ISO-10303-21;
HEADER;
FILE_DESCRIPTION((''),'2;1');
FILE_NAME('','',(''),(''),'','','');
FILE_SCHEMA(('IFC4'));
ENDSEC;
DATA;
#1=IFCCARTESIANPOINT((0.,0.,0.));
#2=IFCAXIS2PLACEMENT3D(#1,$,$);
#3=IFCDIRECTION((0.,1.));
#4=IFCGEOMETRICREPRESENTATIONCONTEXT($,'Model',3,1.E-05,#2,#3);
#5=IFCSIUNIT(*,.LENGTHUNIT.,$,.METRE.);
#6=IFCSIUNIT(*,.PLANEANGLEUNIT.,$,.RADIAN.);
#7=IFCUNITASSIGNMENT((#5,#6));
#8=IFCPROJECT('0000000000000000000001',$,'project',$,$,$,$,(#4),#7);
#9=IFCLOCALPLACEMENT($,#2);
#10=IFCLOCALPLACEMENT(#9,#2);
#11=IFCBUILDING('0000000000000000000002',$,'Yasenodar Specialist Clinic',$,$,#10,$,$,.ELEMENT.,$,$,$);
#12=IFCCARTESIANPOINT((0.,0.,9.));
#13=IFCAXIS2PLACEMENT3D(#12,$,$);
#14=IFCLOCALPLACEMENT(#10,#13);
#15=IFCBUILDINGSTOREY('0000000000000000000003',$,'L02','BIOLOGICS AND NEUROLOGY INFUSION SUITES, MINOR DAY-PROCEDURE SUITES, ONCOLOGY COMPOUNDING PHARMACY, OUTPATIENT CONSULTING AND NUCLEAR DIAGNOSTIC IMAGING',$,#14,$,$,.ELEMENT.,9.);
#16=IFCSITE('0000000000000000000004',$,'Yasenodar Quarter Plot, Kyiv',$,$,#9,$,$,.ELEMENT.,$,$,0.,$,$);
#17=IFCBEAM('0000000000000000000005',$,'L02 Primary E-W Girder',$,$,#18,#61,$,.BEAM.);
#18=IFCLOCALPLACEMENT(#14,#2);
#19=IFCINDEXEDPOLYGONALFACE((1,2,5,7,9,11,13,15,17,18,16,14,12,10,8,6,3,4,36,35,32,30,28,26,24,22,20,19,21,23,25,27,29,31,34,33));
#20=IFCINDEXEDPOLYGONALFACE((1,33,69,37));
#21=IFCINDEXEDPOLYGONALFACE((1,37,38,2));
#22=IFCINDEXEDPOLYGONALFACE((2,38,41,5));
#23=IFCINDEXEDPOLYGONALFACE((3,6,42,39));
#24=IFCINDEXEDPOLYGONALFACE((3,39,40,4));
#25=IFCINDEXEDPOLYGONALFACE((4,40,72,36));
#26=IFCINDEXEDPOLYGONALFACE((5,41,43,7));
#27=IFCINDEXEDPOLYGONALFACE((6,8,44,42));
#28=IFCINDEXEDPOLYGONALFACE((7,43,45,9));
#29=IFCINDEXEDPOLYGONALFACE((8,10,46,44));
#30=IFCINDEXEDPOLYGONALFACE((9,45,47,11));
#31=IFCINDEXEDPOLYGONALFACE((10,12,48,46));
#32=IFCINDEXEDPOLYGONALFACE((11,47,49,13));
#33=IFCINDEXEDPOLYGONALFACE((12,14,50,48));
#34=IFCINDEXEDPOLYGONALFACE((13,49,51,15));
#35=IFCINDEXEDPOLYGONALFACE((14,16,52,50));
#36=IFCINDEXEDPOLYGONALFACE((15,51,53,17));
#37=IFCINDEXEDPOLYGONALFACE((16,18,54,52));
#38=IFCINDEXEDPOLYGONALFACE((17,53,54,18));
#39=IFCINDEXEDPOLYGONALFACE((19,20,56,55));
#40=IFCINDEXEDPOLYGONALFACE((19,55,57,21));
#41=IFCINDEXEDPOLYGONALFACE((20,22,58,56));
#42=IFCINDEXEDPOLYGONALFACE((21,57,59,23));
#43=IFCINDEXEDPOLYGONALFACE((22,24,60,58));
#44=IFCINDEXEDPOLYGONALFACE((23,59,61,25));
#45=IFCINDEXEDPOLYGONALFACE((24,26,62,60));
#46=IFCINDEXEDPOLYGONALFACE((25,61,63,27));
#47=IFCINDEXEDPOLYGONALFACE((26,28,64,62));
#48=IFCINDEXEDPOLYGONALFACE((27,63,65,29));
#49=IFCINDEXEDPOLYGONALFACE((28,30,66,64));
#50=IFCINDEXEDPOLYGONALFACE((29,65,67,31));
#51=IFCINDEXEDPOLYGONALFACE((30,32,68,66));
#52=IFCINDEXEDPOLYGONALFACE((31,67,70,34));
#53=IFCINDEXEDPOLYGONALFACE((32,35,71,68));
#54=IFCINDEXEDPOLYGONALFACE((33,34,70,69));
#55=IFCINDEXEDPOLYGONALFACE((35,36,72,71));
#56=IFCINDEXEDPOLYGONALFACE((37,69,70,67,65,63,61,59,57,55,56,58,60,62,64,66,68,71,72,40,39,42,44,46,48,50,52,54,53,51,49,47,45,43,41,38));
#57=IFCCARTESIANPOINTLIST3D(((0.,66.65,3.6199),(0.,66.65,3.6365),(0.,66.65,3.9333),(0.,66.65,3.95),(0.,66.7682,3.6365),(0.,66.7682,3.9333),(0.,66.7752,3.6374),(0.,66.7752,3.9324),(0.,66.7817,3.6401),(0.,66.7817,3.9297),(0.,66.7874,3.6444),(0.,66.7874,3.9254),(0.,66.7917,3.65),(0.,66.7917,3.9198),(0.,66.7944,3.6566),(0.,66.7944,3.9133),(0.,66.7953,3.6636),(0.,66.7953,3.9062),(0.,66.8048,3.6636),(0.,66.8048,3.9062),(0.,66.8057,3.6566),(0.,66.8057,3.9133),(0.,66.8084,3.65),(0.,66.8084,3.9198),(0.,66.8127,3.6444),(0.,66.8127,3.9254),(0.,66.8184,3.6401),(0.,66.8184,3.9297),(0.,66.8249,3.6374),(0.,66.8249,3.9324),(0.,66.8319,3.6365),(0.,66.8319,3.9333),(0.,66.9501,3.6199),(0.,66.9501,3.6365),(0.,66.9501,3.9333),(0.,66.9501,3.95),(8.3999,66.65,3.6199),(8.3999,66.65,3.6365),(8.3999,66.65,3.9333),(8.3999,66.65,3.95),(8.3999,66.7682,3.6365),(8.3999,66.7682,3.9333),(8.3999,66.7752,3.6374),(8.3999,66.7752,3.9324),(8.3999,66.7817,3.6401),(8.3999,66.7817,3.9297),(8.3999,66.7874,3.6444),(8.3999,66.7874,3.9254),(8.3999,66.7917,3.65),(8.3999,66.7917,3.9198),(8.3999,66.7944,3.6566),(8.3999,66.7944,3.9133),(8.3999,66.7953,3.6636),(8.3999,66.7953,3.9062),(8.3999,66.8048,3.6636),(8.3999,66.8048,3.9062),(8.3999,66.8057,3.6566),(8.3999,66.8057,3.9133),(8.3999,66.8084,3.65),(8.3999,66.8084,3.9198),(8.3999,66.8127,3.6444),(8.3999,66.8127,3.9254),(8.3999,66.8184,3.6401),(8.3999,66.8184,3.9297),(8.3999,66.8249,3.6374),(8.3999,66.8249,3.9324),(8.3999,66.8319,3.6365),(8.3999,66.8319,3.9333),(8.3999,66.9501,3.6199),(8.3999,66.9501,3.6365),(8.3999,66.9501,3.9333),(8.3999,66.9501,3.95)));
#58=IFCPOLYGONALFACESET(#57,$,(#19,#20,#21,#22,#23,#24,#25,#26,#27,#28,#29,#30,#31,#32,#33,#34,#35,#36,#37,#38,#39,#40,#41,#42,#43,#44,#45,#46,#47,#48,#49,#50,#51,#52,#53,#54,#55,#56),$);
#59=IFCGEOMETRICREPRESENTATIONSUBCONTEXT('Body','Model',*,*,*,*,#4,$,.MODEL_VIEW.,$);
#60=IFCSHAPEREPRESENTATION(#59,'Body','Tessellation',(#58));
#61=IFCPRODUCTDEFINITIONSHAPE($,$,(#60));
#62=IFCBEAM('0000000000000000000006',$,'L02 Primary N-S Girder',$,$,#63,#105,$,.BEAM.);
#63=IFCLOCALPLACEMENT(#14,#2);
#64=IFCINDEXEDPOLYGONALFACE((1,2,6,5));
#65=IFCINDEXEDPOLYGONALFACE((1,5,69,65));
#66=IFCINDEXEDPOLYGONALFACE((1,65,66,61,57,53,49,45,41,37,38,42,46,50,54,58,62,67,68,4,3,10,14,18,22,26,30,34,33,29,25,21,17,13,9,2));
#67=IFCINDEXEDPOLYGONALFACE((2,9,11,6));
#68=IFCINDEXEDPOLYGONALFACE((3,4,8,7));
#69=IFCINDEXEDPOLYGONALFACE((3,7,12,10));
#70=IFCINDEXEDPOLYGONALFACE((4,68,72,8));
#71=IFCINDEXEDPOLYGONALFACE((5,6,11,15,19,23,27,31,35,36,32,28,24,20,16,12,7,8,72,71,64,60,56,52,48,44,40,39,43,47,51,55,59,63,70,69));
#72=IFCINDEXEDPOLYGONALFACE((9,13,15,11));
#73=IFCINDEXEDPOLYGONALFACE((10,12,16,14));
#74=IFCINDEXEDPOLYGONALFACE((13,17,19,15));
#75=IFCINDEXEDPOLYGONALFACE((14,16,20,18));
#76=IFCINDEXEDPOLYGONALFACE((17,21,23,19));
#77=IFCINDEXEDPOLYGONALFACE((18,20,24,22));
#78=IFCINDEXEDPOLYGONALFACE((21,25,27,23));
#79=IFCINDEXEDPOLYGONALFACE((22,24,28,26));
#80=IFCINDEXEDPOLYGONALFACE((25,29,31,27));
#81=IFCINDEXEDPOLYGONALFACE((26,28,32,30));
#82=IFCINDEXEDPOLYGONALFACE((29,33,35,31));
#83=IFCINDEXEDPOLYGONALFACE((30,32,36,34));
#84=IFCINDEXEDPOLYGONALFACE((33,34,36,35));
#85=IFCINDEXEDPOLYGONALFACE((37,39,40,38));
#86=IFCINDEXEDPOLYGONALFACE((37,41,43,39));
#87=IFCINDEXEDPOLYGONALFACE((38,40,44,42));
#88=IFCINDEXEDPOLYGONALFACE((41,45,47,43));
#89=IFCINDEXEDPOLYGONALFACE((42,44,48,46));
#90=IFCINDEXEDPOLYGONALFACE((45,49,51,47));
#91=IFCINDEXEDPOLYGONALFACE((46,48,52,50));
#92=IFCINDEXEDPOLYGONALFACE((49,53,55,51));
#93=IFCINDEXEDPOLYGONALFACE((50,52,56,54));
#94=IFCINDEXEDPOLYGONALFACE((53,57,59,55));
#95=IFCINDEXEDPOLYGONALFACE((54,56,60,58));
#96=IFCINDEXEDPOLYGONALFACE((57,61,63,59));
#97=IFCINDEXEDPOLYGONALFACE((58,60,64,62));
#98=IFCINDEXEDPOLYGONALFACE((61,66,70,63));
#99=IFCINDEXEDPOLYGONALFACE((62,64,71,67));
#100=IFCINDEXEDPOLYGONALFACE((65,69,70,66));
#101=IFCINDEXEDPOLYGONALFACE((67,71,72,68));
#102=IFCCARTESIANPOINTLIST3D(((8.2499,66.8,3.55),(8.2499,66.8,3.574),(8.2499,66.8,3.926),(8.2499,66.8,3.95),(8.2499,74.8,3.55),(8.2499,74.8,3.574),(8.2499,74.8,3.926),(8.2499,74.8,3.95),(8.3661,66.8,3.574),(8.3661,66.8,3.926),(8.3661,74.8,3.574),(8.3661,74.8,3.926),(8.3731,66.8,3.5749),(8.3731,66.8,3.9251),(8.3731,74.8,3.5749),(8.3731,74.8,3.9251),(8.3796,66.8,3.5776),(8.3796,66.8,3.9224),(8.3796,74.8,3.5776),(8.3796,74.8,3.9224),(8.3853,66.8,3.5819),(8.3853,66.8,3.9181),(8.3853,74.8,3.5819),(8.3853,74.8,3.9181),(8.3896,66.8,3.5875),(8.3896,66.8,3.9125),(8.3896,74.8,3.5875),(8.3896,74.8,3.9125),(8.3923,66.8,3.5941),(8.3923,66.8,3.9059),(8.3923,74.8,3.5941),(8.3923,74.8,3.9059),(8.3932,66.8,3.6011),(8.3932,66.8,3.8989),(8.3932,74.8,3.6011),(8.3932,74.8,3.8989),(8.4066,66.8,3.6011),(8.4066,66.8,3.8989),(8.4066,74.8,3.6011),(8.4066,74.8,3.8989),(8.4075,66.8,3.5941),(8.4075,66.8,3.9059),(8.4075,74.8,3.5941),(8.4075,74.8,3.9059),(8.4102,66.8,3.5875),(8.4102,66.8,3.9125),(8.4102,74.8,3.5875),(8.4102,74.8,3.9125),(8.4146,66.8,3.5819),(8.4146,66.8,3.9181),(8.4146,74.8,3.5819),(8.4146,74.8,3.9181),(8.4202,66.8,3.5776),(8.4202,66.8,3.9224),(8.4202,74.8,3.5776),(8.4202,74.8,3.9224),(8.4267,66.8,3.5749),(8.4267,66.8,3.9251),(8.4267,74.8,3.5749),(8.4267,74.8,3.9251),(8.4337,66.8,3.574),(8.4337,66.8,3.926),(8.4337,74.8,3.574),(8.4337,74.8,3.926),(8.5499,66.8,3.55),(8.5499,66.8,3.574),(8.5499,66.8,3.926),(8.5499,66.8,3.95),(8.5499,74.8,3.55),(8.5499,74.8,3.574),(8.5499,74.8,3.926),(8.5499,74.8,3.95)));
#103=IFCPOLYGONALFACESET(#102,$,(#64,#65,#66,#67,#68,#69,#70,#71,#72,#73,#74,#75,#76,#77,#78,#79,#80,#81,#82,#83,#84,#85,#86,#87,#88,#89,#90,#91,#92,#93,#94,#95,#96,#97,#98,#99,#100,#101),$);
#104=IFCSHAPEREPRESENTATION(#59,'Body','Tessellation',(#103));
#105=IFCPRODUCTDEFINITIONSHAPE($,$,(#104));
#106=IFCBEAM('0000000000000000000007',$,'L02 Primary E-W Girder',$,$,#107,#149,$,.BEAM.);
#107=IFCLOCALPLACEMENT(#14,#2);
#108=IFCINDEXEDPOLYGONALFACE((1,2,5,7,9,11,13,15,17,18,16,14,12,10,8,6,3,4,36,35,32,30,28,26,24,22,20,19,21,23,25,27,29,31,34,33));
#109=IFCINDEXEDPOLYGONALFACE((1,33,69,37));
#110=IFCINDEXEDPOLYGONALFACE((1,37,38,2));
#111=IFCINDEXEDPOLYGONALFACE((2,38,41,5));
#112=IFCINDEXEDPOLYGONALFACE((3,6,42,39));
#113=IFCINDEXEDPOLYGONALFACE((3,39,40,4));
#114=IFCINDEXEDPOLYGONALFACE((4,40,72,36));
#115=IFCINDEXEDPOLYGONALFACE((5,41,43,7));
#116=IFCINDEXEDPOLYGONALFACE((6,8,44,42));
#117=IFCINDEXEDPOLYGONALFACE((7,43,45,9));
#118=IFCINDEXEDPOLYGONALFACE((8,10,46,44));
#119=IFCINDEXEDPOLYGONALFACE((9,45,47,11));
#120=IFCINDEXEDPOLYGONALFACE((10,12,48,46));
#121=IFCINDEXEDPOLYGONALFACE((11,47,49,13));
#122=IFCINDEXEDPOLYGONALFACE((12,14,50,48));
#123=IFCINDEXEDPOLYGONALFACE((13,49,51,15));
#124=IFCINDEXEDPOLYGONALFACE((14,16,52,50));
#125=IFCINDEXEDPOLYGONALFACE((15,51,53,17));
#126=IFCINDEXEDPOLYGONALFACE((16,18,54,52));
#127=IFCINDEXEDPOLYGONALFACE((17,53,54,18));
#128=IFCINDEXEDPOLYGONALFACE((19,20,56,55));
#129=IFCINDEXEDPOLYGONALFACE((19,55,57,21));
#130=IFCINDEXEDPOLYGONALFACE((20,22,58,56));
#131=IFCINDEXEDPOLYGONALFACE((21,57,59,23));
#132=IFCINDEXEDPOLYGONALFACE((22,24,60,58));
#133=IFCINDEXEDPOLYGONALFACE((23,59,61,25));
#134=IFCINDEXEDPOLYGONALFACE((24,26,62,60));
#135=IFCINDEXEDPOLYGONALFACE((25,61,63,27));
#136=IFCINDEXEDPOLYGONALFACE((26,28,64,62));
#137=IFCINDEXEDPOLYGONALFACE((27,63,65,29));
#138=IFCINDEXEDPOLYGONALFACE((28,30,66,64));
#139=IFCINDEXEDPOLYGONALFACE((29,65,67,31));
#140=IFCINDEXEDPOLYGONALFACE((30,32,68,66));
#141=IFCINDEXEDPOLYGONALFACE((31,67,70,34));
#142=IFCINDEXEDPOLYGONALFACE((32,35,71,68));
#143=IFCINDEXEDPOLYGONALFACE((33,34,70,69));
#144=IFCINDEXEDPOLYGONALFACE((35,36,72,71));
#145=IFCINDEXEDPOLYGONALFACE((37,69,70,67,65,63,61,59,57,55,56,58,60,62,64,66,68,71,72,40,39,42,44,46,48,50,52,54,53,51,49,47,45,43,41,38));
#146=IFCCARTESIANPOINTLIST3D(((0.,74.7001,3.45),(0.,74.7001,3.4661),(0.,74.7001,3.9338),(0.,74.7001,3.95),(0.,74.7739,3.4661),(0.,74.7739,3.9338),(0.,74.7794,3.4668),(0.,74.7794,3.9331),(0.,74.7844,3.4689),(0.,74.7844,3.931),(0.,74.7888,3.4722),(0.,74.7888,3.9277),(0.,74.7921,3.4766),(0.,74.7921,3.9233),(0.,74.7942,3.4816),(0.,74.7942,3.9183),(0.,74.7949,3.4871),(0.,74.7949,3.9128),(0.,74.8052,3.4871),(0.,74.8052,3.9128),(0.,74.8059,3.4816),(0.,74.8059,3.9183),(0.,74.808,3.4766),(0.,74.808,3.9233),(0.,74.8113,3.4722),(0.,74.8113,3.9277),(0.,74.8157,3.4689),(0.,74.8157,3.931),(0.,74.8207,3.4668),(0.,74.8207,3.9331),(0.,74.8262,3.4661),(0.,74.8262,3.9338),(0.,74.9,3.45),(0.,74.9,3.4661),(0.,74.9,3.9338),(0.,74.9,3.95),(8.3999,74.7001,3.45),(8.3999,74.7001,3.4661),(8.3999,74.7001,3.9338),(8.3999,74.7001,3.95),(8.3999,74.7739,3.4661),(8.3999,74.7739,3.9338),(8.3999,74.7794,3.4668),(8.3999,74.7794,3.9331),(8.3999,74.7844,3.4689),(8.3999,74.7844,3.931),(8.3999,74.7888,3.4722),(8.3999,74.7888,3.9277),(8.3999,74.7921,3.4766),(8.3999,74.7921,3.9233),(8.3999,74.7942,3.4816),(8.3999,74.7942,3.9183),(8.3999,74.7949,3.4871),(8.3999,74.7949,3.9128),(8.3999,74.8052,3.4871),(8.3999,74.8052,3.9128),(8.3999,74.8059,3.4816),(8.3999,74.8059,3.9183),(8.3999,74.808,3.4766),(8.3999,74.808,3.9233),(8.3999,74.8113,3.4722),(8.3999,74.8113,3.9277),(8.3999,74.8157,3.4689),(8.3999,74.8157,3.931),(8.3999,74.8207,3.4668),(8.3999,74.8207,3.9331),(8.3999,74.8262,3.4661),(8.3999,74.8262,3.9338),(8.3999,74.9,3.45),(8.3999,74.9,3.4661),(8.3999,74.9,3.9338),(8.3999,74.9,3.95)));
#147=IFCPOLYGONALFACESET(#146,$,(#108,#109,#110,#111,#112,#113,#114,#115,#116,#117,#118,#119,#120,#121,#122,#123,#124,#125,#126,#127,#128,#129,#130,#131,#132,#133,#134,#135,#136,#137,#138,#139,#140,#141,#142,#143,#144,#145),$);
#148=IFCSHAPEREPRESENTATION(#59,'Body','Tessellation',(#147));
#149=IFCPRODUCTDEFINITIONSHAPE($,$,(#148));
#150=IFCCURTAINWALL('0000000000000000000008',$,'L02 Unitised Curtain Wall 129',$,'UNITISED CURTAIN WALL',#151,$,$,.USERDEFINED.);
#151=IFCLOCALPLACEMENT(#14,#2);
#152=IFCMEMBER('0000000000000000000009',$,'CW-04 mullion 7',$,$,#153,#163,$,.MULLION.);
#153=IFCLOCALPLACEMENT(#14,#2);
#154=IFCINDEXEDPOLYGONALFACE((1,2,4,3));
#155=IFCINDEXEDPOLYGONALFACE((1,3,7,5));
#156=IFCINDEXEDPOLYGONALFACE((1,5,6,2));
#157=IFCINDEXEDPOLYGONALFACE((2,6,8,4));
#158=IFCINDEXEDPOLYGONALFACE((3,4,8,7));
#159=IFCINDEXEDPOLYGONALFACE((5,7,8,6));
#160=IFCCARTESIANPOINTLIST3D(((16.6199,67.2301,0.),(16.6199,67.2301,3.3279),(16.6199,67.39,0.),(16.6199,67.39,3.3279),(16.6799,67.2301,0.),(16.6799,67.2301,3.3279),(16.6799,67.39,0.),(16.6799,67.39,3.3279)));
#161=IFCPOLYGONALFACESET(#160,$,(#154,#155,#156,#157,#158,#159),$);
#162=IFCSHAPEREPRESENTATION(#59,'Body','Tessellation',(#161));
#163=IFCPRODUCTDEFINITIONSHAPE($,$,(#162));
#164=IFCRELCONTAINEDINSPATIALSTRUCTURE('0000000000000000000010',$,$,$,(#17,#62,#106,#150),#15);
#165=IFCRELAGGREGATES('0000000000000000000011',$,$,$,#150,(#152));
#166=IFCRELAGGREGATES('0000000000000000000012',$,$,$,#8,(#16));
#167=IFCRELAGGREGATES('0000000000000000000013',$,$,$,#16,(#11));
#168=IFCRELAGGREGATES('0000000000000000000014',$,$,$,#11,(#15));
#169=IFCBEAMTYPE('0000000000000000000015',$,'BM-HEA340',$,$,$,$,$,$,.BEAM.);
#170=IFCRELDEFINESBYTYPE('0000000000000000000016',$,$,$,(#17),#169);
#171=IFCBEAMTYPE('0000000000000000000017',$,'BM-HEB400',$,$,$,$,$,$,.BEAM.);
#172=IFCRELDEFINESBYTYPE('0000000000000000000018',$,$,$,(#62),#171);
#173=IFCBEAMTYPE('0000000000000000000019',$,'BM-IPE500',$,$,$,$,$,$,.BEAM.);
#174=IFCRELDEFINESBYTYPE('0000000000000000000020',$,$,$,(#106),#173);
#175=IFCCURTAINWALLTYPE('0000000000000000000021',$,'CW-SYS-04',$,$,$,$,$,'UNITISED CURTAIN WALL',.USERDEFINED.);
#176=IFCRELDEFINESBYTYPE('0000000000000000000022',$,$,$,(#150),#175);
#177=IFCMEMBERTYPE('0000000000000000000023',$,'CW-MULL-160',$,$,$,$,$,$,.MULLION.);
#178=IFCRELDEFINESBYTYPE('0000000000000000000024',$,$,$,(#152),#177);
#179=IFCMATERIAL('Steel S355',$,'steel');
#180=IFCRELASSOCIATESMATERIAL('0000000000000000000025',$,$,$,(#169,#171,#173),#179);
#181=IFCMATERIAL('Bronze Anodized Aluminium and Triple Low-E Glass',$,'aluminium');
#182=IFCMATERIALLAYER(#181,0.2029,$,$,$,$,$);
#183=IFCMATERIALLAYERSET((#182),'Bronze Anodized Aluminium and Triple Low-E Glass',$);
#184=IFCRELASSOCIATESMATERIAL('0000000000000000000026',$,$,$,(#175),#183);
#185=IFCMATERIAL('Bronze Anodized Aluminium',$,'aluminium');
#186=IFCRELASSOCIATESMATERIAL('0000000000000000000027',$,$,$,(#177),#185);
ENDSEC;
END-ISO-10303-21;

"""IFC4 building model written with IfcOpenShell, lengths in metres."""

from ifc_helpers import new_model, si_unit, direction, frame, origin, origin_2d, place, context, subcontext, project, spatial, rectangle, i_section, extrude, material, layer, layer_set, material_profile, profile_set, type_object, element, aggregate, save


model = new_model("IFC4")

# Units and contexts
model_context = context("Model", 3, precision=1e-05, world=origin(), true_north=direction((0.0, 1.0)))
body_context = subcontext(model_context, "Body", "Model", "MODEL_VIEW")
ifc_project = project(units=[si_unit("LENGTHUNIT", "METRE"), si_unit("PLANEANGLEUNIT", "RADIAN")], contexts=[model_context])

# Site, building, storey
site_placement = place(None, origin())
site = spatial("IfcSite", under=ifc_project, at=site_placement, Name="Yasenodar Quarter Plot, Kyiv", CompositionType="ELEMENT", RefElevation=0.0)
building_placement = place(site_placement, origin())
building = spatial("IfcBuilding", under=site, at=building_placement, Name="Yasenodar Specialist Clinic", CompositionType="ELEMENT")
storey_placement = place(building_placement, frame((0.0, 0.0, 9.0)))
storey = spatial("IfcBuildingStorey", under=building, at=storey_placement, Name="L02", Description="BIOLOGICS AND NEUROLOGY INFUSION SUITES, MINOR DAY-PROCEDURE SUITES, ONCOLOGY COMPOUNDING PHARMACY, OUTPATIENT CONSULTING AND NUCLEAR DIAGNOSTIC IMAGING", CompositionType="ELEMENT", Elevation=9.0)

# Shared definitions
ifc_material_1 = material(Name="Steel S355", Category="steel")

# Beams
ifc_material_profile_1 = material_profile(ifc_material_1, i_section(OverallWidth=0.3, OverallDepth=0.3301, WebThickness=0.0095, FlangeThickness=0.0166, FilletRadius=0.0271, at=origin_2d()), Name="HEA 340")
ifc_profile_set_1 = profile_set([ifc_material_profile_1], Name="Steel S355")
beam_type_1 = type_object("IfcBeamType", Name="BM-HEA340", PredefinedType="BEAM", material=ifc_profile_set_1)
beam_1_placement = place(storey_placement, frame((0.0, 66.8, 3.7849), z_axis=(1.0, 0.0, 0.0), x_axis=(0.0, 1.0, 0.0)))
element("IfcBeam", 1, at=beam_1_placement, inside=storey, type_object=beam_type_1, Name="L02 Primary E-W Girder", PredefinedType="BEAM", context=body_context, shape_type="SweptSolid", body=[
    extrude(i_section(OverallWidth=0.3, OverallDepth=0.3301, WebThickness=0.0095, FlangeThickness=0.0166, FilletRadius=0.0271, at=origin_2d()), origin(), (0.0, 0.0, 1.0), 8.3999),
])
ifc_material_profile_2 = material_profile(ifc_material_1, i_section(OverallWidth=0.3, OverallDepth=0.3999, WebThickness=0.0134, FlangeThickness=0.0239, FilletRadius=0.0271, at=origin_2d()), Name="HEB 400")
ifc_profile_set_2 = profile_set([ifc_material_profile_2], Name="Steel S355")
beam_type_2 = type_object("IfcBeamType", Name="BM-HEB400", PredefinedType="BEAM", material=ifc_profile_set_2)
beam_2_placement = place(storey_placement, frame((8.3999, 66.8, 3.75), z_axis=(0.0, 1.0, 0.0), x_axis=(-1.0, 0.0, 0.0)))
element("IfcBeam", 2, at=beam_2_placement, inside=storey, type_object=beam_type_2, Name="L02 Primary N-S Girder", PredefinedType="BEAM", context=body_context, shape_type="SweptSolid", body=[
    extrude(i_section(OverallWidth=0.3, OverallDepth=0.3999, WebThickness=0.0134, FlangeThickness=0.0239, FilletRadius=0.0271, at=origin_2d()), origin(), (0.0, 0.0, 1.0), 8.0),
])
ifc_material_profile_3 = material_profile(ifc_material_1, i_section(OverallWidth=0.2, OverallDepth=0.5, WebThickness=0.0103, FlangeThickness=0.0161, FilletRadius=0.021, at=origin_2d()), Name="IPE 500")
ifc_profile_set_3 = profile_set([ifc_material_profile_3], Name="Steel S355")
beam_type_3 = type_object("IfcBeamType", Name="BM-IPE500", PredefinedType="BEAM", material=ifc_profile_set_3)
beam_3_placement = place(storey_placement, frame((0.0, 74.8, 3.7), z_axis=(1.0, 0.0, 0.0), x_axis=(0.0, 1.0, 0.0)))
element("IfcBeam", 3, at=beam_3_placement, inside=storey, type_object=beam_type_3, Name="L02 Primary E-W Girder", PredefinedType="BEAM", context=body_context, shape_type="SweptSolid", body=[
    extrude(i_section(OverallWidth=0.2, OverallDepth=0.5, WebThickness=0.0103, FlangeThickness=0.0161, FilletRadius=0.021, at=origin_2d()), origin(), (0.0, 0.0, 1.0), 8.3999),
])

# Curtain wall, member
ifc_material_2 = material(Name="Bronze Anodized Aluminium and Triple Low-E Glass", Category="aluminium")
ifc_layer_1 = layer(ifc_material_2, 0.2029)
ifc_layer_set_1 = layer_set([ifc_layer_1], Name="Bronze Anodized Aluminium and Triple Low-E Glass")
curtain_wall_type = type_object("IfcCurtainWallType", Name="CW-SYS-04", ElementType="UNITISED CURTAIN WALL", PredefinedType="USERDEFINED", material=ifc_layer_set_1)
curtain_wall_placement = place(storey_placement, origin())
curtain_wall = element("IfcCurtainWall", 4, at=curtain_wall_placement, inside=storey, type_object=curtain_wall_type, Name="L02 Unitised Curtain Wall 129", ObjectType="UNITISED CURTAIN WALL", PredefinedType="USERDEFINED")
ifc_material_3 = material(Name="Bronze Anodized Aluminium", Category="aluminium")
ifc_material_profile_4 = material_profile(ifc_material_3, rectangle(XDim=0.0601, YDim=0.1599, at=origin_2d()), Name="CW-MULL 60x160")
ifc_profile_set_4 = profile_set([ifc_material_profile_4], Name="Bronze Anodized Aluminium")
member_type = type_object("IfcMemberType", Name="CW-MULL-160", PredefinedType="MULLION", material=ifc_profile_set_4)
member_placement = place(storey_placement, frame((16.6499, 67.3101, 0.0), z_axis=(0.0, 0.0, 1.0), x_axis=(1.0, 0.0, 0.0)))
member = element("IfcMember", 5, at=member_placement, type_object=member_type, Name="CW-04 mullion 7", PredefinedType="MULLION", context=body_context, shape_type="SweptSolid", body=[
    extrude(rectangle(XDim=0.0601, YDim=0.1599, at=origin_2d()), origin(), (0.0, 0.0, 1.0), 3.3279),
])
aggregate(curtain_wall, [member])

save(model, "model.ifc")
